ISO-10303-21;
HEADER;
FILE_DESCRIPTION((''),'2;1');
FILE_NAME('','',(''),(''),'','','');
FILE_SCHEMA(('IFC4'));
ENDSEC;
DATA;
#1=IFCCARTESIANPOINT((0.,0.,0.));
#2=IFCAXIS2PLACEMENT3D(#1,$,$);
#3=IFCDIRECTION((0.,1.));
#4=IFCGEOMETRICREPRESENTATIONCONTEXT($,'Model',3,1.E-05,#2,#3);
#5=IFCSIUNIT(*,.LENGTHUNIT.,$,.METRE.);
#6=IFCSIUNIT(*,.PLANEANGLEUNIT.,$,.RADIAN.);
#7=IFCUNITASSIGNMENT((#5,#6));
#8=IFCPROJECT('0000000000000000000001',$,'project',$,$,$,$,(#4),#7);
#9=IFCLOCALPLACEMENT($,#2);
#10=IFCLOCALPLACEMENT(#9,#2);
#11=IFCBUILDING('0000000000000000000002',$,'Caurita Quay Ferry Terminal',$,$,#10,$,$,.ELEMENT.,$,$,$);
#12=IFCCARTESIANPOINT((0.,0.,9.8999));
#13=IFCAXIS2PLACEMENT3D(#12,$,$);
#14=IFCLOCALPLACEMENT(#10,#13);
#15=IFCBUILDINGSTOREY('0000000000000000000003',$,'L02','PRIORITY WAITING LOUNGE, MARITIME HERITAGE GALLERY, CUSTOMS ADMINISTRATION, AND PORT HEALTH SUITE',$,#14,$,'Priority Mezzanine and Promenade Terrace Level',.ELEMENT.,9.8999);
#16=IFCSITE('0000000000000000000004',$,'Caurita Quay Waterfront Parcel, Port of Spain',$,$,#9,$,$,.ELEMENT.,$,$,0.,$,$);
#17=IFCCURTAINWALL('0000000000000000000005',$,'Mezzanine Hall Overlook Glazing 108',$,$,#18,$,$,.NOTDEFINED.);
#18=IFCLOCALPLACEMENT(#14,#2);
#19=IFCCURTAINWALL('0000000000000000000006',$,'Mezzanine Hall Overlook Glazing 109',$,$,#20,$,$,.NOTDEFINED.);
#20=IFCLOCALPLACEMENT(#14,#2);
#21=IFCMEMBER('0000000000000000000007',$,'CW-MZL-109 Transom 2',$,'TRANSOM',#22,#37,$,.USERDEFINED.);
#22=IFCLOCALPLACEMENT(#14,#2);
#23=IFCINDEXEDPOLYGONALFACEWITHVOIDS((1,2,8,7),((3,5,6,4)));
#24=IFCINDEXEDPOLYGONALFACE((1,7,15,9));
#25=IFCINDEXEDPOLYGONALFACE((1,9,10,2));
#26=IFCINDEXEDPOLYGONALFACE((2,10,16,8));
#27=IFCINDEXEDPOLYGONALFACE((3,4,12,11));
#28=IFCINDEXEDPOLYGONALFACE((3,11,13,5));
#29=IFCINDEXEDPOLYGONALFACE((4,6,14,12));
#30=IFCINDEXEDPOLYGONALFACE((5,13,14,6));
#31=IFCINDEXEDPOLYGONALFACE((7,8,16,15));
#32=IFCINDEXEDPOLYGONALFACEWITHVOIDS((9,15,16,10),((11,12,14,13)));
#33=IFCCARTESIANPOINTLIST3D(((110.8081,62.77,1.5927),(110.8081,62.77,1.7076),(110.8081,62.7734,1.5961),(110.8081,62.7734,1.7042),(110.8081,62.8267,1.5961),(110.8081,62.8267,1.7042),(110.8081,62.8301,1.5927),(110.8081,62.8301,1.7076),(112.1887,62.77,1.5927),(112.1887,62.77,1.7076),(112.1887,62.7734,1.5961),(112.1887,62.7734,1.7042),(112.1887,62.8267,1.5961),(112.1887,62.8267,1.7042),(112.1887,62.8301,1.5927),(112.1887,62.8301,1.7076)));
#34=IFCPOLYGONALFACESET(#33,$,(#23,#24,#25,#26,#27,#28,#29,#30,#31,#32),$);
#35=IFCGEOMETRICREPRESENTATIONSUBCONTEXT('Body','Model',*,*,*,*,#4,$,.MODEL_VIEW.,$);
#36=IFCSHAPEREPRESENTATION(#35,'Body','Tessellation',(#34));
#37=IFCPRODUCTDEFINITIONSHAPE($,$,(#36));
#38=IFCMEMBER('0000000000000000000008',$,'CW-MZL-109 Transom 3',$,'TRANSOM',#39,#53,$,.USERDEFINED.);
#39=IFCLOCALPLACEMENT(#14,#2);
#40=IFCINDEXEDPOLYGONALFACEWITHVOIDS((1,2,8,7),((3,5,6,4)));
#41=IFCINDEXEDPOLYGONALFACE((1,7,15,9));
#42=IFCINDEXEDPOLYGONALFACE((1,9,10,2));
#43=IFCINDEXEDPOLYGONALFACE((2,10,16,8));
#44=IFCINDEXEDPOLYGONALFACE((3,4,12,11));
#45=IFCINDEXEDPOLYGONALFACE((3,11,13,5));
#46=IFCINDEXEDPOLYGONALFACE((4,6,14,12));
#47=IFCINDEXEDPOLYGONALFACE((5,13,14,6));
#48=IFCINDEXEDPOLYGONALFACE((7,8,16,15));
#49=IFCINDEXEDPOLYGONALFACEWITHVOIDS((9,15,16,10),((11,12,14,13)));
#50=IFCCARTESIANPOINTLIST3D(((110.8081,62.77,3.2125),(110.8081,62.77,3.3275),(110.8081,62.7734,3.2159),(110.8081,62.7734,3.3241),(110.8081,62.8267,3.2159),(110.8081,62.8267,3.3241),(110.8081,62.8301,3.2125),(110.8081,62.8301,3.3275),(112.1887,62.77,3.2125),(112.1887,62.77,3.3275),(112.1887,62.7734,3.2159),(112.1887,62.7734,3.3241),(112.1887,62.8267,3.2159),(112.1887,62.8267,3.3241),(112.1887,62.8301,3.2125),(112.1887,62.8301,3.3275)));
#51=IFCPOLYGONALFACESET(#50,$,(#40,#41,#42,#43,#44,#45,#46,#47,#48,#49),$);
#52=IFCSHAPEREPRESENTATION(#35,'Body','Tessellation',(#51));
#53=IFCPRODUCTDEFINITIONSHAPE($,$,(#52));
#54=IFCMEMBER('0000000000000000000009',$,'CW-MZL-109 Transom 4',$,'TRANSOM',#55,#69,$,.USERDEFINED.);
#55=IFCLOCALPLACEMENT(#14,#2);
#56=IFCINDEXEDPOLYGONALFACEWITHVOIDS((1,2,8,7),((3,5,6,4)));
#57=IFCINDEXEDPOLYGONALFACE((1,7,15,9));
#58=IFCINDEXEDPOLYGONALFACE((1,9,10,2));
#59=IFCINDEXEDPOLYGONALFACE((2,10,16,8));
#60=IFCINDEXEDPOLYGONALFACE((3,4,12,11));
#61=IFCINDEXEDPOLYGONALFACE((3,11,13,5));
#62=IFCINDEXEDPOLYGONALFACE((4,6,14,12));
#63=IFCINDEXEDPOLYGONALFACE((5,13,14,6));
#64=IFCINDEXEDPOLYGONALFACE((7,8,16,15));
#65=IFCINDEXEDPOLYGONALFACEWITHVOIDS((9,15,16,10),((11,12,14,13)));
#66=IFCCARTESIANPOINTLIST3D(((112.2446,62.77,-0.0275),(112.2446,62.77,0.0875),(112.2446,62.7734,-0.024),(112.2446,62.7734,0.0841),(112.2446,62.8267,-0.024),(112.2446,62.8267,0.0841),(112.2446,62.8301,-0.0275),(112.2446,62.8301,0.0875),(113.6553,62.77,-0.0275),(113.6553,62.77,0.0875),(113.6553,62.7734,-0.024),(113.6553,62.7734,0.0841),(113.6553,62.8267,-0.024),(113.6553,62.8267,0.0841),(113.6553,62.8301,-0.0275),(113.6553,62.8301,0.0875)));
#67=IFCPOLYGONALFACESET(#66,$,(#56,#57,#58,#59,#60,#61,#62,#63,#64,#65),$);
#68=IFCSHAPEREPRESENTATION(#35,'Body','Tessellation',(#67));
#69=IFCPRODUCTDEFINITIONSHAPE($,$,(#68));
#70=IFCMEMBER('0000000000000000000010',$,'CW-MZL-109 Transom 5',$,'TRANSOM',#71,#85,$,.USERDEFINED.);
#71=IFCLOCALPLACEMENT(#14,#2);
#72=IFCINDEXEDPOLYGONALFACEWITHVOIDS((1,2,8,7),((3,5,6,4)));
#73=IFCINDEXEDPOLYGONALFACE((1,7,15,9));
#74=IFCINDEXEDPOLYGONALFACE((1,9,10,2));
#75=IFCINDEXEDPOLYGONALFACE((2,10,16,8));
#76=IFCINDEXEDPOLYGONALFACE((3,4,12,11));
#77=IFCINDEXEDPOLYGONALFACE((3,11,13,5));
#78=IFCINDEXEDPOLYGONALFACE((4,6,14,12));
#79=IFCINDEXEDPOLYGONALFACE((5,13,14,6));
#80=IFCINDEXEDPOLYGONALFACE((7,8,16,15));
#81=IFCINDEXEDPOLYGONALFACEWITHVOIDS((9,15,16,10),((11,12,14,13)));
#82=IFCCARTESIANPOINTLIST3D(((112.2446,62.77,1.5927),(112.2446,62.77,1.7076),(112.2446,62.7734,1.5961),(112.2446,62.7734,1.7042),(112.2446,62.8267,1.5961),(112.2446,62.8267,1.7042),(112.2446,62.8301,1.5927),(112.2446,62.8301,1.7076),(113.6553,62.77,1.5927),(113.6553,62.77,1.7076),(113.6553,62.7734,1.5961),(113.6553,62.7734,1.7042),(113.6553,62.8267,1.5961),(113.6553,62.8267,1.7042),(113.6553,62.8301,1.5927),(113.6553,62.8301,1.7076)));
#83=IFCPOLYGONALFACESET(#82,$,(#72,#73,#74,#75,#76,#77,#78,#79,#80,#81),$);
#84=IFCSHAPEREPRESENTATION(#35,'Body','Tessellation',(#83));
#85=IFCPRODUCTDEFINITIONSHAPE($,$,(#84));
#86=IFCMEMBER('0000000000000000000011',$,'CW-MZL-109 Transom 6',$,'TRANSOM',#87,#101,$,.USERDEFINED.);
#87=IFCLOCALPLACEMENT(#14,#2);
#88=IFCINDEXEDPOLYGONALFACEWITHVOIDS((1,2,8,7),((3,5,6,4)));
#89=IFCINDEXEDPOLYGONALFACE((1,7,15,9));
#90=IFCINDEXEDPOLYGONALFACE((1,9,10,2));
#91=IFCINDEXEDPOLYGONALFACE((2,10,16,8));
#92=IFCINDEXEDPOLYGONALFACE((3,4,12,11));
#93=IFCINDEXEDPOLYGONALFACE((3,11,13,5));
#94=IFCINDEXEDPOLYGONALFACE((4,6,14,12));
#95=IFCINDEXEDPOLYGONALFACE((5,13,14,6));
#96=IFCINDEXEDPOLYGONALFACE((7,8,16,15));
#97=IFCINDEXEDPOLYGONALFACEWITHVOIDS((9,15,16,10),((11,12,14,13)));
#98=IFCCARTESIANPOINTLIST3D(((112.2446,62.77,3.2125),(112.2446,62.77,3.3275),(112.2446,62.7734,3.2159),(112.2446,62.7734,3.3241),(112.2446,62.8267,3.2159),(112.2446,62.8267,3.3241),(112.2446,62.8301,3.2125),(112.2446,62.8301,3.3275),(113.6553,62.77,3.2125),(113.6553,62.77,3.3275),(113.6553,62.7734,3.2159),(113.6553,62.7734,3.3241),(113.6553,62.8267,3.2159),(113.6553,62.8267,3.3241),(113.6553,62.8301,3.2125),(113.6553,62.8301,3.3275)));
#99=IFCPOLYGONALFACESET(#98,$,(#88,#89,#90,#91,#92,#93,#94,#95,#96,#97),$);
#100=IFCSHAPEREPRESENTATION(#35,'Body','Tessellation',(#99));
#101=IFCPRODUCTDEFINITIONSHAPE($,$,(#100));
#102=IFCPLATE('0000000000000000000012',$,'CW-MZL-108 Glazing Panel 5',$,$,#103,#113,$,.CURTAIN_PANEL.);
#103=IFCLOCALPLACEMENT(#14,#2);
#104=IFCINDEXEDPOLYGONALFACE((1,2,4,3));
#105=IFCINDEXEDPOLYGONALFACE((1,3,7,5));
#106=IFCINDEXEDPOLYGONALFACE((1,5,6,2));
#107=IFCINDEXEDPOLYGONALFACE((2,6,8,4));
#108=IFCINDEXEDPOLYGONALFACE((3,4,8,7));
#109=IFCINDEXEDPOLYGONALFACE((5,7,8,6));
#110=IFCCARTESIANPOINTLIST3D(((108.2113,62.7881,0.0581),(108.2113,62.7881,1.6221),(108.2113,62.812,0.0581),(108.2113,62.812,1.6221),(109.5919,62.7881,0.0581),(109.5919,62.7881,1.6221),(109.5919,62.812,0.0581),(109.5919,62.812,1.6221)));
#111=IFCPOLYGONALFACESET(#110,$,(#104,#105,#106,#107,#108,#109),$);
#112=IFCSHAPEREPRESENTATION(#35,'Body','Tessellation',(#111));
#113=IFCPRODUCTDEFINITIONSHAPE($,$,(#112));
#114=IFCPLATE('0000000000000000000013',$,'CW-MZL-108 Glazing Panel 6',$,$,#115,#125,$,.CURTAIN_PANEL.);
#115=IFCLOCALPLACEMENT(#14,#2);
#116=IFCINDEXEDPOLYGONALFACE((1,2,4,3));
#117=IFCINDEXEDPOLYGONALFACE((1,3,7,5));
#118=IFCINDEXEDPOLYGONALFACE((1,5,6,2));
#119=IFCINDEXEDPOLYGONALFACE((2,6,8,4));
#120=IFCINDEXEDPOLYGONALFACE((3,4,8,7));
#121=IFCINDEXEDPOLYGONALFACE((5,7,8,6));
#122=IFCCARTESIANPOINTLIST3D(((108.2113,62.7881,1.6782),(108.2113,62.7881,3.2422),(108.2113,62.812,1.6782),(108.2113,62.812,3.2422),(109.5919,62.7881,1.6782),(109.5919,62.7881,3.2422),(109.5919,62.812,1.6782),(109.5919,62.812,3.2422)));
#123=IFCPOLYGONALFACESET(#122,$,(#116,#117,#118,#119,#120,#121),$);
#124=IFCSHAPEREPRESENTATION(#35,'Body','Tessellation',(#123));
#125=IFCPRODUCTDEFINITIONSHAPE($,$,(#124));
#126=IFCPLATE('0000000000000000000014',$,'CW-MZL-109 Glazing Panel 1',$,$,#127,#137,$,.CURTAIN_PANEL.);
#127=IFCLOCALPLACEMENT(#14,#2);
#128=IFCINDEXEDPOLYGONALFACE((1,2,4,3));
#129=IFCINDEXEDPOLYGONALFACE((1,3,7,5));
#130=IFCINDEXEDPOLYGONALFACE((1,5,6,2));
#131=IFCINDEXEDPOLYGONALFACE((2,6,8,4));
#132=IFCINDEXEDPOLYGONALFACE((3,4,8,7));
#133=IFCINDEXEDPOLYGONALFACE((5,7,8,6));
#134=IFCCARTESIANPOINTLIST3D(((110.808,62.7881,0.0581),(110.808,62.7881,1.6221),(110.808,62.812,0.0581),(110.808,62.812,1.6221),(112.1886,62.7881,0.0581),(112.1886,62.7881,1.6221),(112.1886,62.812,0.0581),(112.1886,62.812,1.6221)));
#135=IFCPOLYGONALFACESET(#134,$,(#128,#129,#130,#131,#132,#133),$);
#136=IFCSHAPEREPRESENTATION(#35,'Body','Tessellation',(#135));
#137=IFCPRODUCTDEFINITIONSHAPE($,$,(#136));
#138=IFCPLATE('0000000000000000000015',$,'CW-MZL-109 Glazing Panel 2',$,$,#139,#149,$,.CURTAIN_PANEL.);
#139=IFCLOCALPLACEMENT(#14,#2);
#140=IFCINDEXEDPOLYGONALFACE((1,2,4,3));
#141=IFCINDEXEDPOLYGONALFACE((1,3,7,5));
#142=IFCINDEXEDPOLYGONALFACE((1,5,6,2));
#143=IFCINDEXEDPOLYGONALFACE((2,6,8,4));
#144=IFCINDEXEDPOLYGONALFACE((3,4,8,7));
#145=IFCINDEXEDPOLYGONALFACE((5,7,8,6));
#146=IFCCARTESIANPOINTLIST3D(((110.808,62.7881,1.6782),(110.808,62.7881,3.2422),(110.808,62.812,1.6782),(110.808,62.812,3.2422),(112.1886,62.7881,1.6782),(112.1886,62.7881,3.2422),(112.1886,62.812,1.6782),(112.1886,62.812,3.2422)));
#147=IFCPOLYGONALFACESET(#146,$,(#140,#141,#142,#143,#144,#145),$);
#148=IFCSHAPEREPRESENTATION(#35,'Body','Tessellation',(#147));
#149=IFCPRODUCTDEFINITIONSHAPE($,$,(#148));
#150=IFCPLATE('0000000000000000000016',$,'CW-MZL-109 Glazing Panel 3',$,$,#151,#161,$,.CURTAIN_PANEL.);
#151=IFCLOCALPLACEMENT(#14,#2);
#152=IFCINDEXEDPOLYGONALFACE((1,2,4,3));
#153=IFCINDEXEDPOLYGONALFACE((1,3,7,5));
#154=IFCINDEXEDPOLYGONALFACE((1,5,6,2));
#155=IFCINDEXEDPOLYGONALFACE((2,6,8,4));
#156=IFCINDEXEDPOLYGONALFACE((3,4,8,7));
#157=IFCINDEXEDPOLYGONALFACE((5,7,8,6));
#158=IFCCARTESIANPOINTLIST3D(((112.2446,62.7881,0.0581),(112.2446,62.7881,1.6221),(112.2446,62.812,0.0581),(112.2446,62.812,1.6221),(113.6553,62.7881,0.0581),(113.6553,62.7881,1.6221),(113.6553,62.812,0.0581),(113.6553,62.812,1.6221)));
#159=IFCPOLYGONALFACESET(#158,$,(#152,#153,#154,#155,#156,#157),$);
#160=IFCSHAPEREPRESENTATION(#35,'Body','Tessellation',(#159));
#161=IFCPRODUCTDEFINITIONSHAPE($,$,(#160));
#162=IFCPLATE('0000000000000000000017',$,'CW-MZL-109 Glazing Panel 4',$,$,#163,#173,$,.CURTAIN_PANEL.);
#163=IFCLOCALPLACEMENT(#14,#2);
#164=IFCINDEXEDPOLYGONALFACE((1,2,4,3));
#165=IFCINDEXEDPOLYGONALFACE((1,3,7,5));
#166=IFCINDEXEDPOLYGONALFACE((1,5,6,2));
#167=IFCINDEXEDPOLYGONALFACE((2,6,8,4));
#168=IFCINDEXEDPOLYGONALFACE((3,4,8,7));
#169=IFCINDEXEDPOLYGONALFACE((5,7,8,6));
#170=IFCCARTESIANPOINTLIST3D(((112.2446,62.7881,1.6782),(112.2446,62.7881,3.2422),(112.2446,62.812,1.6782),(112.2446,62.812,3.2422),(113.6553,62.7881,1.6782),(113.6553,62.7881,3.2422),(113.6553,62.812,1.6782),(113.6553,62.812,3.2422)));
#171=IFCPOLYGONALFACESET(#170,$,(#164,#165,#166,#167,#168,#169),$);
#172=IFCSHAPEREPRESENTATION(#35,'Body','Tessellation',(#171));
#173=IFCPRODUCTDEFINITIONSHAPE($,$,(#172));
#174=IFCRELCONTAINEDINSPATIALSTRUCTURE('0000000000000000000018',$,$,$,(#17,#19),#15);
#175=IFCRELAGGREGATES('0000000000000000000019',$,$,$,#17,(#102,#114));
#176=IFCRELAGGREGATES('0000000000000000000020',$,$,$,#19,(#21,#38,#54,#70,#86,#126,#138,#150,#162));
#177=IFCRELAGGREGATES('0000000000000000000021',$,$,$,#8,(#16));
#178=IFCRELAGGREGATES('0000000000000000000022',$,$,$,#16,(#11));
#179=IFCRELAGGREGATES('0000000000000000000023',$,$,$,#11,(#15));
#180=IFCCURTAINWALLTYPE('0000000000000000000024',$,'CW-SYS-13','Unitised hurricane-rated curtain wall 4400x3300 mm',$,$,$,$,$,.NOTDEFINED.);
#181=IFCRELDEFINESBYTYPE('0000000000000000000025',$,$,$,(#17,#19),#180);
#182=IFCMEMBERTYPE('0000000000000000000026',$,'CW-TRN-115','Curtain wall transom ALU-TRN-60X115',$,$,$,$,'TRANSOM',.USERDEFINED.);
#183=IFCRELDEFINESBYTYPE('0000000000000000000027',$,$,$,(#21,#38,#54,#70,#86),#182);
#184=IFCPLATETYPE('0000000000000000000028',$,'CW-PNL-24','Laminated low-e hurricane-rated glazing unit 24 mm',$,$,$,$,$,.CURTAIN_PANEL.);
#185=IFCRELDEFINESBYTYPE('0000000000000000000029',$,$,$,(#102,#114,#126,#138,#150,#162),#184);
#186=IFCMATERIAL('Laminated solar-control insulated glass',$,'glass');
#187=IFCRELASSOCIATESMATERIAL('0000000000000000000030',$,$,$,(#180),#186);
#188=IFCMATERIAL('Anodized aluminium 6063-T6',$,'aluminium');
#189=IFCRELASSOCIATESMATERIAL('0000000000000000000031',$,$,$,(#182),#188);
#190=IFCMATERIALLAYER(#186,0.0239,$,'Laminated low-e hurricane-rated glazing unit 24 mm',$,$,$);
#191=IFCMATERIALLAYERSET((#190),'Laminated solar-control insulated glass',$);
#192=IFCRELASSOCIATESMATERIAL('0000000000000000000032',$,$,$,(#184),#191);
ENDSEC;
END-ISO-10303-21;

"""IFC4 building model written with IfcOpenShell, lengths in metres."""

from ifc_helpers import new_model, si_unit, direction, frame, origin, origin_2d, place, context, subcontext, project, spatial, rectangle, hollow_rectangle, extrude, material, layer, layer_set, material_profile, profile_set, type_object, element, aggregate, save


model = new_model("IFC4")

# Units and contexts
model_context = context("Model", 3, precision=1e-05, world=origin(), true_north=direction((0.0, 1.0)))
body_context = subcontext(model_context, "Body", "Model", "MODEL_VIEW")
ifc_project = project(units=[si_unit("LENGTHUNIT", "METRE"), si_unit("PLANEANGLEUNIT", "RADIAN")], contexts=[model_context])

# Site, building, storey
site_placement = place(None, origin())
site = spatial("IfcSite", under=ifc_project, at=site_placement, Name="Caurita Quay Waterfront Parcel, Port of Spain", CompositionType="ELEMENT", RefElevation=0.0)
building_placement = place(site_placement, origin())
building = spatial("IfcBuilding", under=site, at=building_placement, Name="Caurita Quay Ferry Terminal", CompositionType="ELEMENT")
storey_placement = place(building_placement, frame((0.0, 0.0, 9.8999)))
storey = spatial("IfcBuildingStorey", under=building, at=storey_placement, Name="L02", Description="PRIORITY WAITING LOUNGE, MARITIME HERITAGE GALLERY, CUSTOMS ADMINISTRATION, AND PORT HEALTH SUITE", LongName="Priority Mezzanine and Promenade Terrace Level", CompositionType="ELEMENT", Elevation=9.8999)

# Curtain wall
ifc_material_1 = material(Name="Laminated solar-control insulated glass", Category="glass")
curtain_wall_type = type_object("IfcCurtainWallType", Name="CW-SYS-13", Description="Unitised hurricane-rated curtain wall 4400x3300 mm", PredefinedType="NOTDEFINED", material=ifc_material_1)
curtain_wall_1_placement = place(storey_placement, origin())
curtain_wall_1 = element("IfcCurtainWall", 1, at=curtain_wall_1_placement, inside=storey, type_object=curtain_wall_type, Name="Mezzanine Hall Overlook Glazing 108", PredefinedType="NOTDEFINED")
ifc_material_2 = material(Name="Anodized aluminium 6063-T6", Category="aluminium")

# Curtain wall
curtain_wall_2_placement = place(storey_placement, origin())
curtain_wall_2 = element("IfcCurtainWall", 2, at=curtain_wall_2_placement, inside=storey, type_object=curtain_wall_type, Name="Mezzanine Hall Overlook Glazing 109", PredefinedType="NOTDEFINED")

# Members
ifc_material_profile_1 = material_profile(ifc_material_2, hollow_rectangle(XDim=0.0601, YDim=0.115, WallThickness=0.0034, at=origin_2d()), Name="ALU-TRN-60X115")
ifc_profile_set_1 = profile_set([ifc_material_profile_1], Name="Anodized aluminium 6063-T6")
member_type_1 = type_object("IfcMemberType", Name="CW-TRN-115", Description="Curtain wall transom ALU-TRN-60X115", ElementType="TRANSOM", PredefinedType="USERDEFINED", material=ifc_profile_set_1)
member_1_placement = place(storey_placement, frame((110.8081, 62.8, 1.6501), z_axis=(1.0, 0.0, 0.0), x_axis=(0.0, 1.0, 0.0)))
member_1 = element("IfcMember", 3, at=member_1_placement, type_object=member_type_1, Name="CW-MZL-109 Transom 2", ObjectType="TRANSOM", PredefinedType="USERDEFINED", context=body_context, shape_type="SweptSolid", body=[
    extrude(hollow_rectangle(XDim=0.0601, YDim=0.115, WallThickness=0.0034, at=origin_2d()), origin(), (0.0, 0.0, 1.0), 1.3806),
])
member_2_placement = place(storey_placement, frame((110.8081, 62.8, 3.27), z_axis=(1.0, 0.0, 0.0), x_axis=(0.0, 1.0, 0.0)))
member_2 = element("IfcMember", 4, at=member_2_placement, type_object=member_type_1, Name="CW-MZL-109 Transom 3", ObjectType="TRANSOM", PredefinedType="USERDEFINED", context=body_context, shape_type="SweptSolid", body=[
    extrude(hollow_rectangle(XDim=0.0601, YDim=0.115, WallThickness=0.0034, at=origin_2d()), origin(), (0.0, 0.0, 1.0), 1.3806),
])
member_3_placement = place(storey_placement, frame((112.2446, 62.8, 0.03), z_axis=(1.0, 0.0, 0.0), x_axis=(0.0, 1.0, 0.0)))
member_3 = element("IfcMember", 5, at=member_3_placement, type_object=member_type_1, Name="CW-MZL-109 Transom 4", ObjectType="TRANSOM", PredefinedType="USERDEFINED", context=body_context, shape_type="SweptSolid", body=[
    extrude(hollow_rectangle(XDim=0.0601, YDim=0.115, WallThickness=0.0034, at=origin_2d()), origin(), (0.0, 0.0, 1.0), 1.4106),
])
member_4_placement = place(storey_placement, frame((112.2446, 62.8, 1.6501), z_axis=(1.0, 0.0, 0.0), x_axis=(0.0, 1.0, 0.0)))
member_4 = element("IfcMember", 6, at=member_4_placement, type_object=member_type_1, Name="CW-MZL-109 Transom 5", ObjectType="TRANSOM", PredefinedType="USERDEFINED", context=body_context, shape_type="SweptSolid", body=[
    extrude(hollow_rectangle(XDim=0.0601, YDim=0.115, WallThickness=0.0034, at=origin_2d()), origin(), (0.0, 0.0, 1.0), 1.4106),
])
member_5_placement = place(storey_placement, frame((112.2446, 62.8, 3.27), z_axis=(1.0, 0.0, 0.0), x_axis=(0.0, 1.0, 0.0)))
member_5 = element("IfcMember", 7, at=member_5_placement, type_object=member_type_1, Name="CW-MZL-109 Transom 6", ObjectType="TRANSOM", PredefinedType="USERDEFINED", context=body_context, shape_type="SweptSolid", body=[
    extrude(hollow_rectangle(XDim=0.0601, YDim=0.115, WallThickness=0.0034, at=origin_2d()), origin(), (0.0, 0.0, 1.0), 1.4106),
])

# Plates
ifc_layer = layer(ifc_material_1, 0.0239, Name="Laminated low-e hurricane-rated glazing unit 24 mm")
ifc_layer_set = layer_set([ifc_layer], Name="Laminated solar-control insulated glass")
plate_type = type_object("IfcPlateType", Name="CW-PNL-24", Description="Laminated low-e hurricane-rated glazing unit 24 mm", PredefinedType="CURTAIN_PANEL", material=ifc_layer_set)
plate_1_placement = place(storey_placement, frame((108.9016, 62.8, 0.0581), z_axis=(0.0, 0.0, 1.0), x_axis=(1.0, 0.0, 0.0)))
plate_1 = element("IfcPlate", 8, at=plate_1_placement, type_object=plate_type, Name="CW-MZL-108 Glazing Panel 5", PredefinedType="CURTAIN_PANEL", context=body_context, shape_type="SweptSolid", body=[
    extrude(rectangle(XDim=1.3806, YDim=0.0239, at=origin_2d()), origin(), (0.0, 0.0, 1.0), 1.564),
])
plate_2_placement = place(storey_placement, frame((108.9016, 62.8, 1.6782), z_axis=(0.0, 0.0, 1.0), x_axis=(1.0, 0.0, 0.0)))
plate_2 = element("IfcPlate", 9, at=plate_2_placement, type_object=plate_type, Name="CW-MZL-108 Glazing Panel 6", PredefinedType="CURTAIN_PANEL", context=body_context, shape_type="SweptSolid", body=[
    extrude(rectangle(XDim=1.3806, YDim=0.0239, at=origin_2d()), origin(), (0.0, 0.0, 1.0), 1.564),
])
aggregate(curtain_wall_1, [plate_1, plate_2])
plate_3_placement = place(storey_placement, frame((111.4983, 62.8, 0.0581), z_axis=(0.0, 0.0, 1.0), x_axis=(1.0, 0.0, 0.0)))
plate_3 = element("IfcPlate", 10, at=plate_3_placement, type_object=plate_type, Name="CW-MZL-109 Glazing Panel 1", PredefinedType="CURTAIN_PANEL", context=body_context, shape_type="SweptSolid", body=[
    extrude(rectangle(XDim=1.3806, YDim=0.0239, at=origin_2d()), origin(), (0.0, 0.0, 1.0), 1.564),
])
plate_4_placement = place(storey_placement, frame((111.4983, 62.8, 1.6782), z_axis=(0.0, 0.0, 1.0), x_axis=(1.0, 0.0, 0.0)))
plate_4 = element("IfcPlate", 11, at=plate_4_placement, type_object=plate_type, Name="CW-MZL-109 Glazing Panel 2", PredefinedType="CURTAIN_PANEL", context=body_context, shape_type="SweptSolid", body=[
    extrude(rectangle(XDim=1.3806, YDim=0.0239, at=origin_2d()), origin(), (0.0, 0.0, 1.0), 1.564),
])
plate_5_placement = place(storey_placement, frame((112.95, 62.8, 0.0581), z_axis=(0.0, 0.0, 1.0), x_axis=(1.0, 0.0, 0.0)))
plate_5 = element("IfcPlate", 12, at=plate_5_placement, type_object=plate_type, Name="CW-MZL-109 Glazing Panel 3", PredefinedType="CURTAIN_PANEL", context=body_context, shape_type="SweptSolid", body=[
    extrude(rectangle(XDim=1.4106, YDim=0.0239, at=origin_2d()), origin(), (0.0, 0.0, 1.0), 1.564),
])
plate_6_placement = place(storey_placement, frame((112.95, 62.8, 1.6782), z_axis=(0.0, 0.0, 1.0), x_axis=(1.0, 0.0, 0.0)))
plate_6 = element("IfcPlate", 13, at=plate_6_placement, type_object=plate_type, Name="CW-MZL-109 Glazing Panel 4", PredefinedType="CURTAIN_PANEL", context=body_context, shape_type="SweptSolid", body=[
    extrude(rectangle(XDim=1.4106, YDim=0.0239, at=origin_2d()), origin(), (0.0, 0.0, 1.0), 1.564),
])
aggregate(curtain_wall_2, [member_1, member_2, member_3, member_4, member_5, plate_3, plate_4, plate_5, plate_6])

save(model, "model.ifc")
